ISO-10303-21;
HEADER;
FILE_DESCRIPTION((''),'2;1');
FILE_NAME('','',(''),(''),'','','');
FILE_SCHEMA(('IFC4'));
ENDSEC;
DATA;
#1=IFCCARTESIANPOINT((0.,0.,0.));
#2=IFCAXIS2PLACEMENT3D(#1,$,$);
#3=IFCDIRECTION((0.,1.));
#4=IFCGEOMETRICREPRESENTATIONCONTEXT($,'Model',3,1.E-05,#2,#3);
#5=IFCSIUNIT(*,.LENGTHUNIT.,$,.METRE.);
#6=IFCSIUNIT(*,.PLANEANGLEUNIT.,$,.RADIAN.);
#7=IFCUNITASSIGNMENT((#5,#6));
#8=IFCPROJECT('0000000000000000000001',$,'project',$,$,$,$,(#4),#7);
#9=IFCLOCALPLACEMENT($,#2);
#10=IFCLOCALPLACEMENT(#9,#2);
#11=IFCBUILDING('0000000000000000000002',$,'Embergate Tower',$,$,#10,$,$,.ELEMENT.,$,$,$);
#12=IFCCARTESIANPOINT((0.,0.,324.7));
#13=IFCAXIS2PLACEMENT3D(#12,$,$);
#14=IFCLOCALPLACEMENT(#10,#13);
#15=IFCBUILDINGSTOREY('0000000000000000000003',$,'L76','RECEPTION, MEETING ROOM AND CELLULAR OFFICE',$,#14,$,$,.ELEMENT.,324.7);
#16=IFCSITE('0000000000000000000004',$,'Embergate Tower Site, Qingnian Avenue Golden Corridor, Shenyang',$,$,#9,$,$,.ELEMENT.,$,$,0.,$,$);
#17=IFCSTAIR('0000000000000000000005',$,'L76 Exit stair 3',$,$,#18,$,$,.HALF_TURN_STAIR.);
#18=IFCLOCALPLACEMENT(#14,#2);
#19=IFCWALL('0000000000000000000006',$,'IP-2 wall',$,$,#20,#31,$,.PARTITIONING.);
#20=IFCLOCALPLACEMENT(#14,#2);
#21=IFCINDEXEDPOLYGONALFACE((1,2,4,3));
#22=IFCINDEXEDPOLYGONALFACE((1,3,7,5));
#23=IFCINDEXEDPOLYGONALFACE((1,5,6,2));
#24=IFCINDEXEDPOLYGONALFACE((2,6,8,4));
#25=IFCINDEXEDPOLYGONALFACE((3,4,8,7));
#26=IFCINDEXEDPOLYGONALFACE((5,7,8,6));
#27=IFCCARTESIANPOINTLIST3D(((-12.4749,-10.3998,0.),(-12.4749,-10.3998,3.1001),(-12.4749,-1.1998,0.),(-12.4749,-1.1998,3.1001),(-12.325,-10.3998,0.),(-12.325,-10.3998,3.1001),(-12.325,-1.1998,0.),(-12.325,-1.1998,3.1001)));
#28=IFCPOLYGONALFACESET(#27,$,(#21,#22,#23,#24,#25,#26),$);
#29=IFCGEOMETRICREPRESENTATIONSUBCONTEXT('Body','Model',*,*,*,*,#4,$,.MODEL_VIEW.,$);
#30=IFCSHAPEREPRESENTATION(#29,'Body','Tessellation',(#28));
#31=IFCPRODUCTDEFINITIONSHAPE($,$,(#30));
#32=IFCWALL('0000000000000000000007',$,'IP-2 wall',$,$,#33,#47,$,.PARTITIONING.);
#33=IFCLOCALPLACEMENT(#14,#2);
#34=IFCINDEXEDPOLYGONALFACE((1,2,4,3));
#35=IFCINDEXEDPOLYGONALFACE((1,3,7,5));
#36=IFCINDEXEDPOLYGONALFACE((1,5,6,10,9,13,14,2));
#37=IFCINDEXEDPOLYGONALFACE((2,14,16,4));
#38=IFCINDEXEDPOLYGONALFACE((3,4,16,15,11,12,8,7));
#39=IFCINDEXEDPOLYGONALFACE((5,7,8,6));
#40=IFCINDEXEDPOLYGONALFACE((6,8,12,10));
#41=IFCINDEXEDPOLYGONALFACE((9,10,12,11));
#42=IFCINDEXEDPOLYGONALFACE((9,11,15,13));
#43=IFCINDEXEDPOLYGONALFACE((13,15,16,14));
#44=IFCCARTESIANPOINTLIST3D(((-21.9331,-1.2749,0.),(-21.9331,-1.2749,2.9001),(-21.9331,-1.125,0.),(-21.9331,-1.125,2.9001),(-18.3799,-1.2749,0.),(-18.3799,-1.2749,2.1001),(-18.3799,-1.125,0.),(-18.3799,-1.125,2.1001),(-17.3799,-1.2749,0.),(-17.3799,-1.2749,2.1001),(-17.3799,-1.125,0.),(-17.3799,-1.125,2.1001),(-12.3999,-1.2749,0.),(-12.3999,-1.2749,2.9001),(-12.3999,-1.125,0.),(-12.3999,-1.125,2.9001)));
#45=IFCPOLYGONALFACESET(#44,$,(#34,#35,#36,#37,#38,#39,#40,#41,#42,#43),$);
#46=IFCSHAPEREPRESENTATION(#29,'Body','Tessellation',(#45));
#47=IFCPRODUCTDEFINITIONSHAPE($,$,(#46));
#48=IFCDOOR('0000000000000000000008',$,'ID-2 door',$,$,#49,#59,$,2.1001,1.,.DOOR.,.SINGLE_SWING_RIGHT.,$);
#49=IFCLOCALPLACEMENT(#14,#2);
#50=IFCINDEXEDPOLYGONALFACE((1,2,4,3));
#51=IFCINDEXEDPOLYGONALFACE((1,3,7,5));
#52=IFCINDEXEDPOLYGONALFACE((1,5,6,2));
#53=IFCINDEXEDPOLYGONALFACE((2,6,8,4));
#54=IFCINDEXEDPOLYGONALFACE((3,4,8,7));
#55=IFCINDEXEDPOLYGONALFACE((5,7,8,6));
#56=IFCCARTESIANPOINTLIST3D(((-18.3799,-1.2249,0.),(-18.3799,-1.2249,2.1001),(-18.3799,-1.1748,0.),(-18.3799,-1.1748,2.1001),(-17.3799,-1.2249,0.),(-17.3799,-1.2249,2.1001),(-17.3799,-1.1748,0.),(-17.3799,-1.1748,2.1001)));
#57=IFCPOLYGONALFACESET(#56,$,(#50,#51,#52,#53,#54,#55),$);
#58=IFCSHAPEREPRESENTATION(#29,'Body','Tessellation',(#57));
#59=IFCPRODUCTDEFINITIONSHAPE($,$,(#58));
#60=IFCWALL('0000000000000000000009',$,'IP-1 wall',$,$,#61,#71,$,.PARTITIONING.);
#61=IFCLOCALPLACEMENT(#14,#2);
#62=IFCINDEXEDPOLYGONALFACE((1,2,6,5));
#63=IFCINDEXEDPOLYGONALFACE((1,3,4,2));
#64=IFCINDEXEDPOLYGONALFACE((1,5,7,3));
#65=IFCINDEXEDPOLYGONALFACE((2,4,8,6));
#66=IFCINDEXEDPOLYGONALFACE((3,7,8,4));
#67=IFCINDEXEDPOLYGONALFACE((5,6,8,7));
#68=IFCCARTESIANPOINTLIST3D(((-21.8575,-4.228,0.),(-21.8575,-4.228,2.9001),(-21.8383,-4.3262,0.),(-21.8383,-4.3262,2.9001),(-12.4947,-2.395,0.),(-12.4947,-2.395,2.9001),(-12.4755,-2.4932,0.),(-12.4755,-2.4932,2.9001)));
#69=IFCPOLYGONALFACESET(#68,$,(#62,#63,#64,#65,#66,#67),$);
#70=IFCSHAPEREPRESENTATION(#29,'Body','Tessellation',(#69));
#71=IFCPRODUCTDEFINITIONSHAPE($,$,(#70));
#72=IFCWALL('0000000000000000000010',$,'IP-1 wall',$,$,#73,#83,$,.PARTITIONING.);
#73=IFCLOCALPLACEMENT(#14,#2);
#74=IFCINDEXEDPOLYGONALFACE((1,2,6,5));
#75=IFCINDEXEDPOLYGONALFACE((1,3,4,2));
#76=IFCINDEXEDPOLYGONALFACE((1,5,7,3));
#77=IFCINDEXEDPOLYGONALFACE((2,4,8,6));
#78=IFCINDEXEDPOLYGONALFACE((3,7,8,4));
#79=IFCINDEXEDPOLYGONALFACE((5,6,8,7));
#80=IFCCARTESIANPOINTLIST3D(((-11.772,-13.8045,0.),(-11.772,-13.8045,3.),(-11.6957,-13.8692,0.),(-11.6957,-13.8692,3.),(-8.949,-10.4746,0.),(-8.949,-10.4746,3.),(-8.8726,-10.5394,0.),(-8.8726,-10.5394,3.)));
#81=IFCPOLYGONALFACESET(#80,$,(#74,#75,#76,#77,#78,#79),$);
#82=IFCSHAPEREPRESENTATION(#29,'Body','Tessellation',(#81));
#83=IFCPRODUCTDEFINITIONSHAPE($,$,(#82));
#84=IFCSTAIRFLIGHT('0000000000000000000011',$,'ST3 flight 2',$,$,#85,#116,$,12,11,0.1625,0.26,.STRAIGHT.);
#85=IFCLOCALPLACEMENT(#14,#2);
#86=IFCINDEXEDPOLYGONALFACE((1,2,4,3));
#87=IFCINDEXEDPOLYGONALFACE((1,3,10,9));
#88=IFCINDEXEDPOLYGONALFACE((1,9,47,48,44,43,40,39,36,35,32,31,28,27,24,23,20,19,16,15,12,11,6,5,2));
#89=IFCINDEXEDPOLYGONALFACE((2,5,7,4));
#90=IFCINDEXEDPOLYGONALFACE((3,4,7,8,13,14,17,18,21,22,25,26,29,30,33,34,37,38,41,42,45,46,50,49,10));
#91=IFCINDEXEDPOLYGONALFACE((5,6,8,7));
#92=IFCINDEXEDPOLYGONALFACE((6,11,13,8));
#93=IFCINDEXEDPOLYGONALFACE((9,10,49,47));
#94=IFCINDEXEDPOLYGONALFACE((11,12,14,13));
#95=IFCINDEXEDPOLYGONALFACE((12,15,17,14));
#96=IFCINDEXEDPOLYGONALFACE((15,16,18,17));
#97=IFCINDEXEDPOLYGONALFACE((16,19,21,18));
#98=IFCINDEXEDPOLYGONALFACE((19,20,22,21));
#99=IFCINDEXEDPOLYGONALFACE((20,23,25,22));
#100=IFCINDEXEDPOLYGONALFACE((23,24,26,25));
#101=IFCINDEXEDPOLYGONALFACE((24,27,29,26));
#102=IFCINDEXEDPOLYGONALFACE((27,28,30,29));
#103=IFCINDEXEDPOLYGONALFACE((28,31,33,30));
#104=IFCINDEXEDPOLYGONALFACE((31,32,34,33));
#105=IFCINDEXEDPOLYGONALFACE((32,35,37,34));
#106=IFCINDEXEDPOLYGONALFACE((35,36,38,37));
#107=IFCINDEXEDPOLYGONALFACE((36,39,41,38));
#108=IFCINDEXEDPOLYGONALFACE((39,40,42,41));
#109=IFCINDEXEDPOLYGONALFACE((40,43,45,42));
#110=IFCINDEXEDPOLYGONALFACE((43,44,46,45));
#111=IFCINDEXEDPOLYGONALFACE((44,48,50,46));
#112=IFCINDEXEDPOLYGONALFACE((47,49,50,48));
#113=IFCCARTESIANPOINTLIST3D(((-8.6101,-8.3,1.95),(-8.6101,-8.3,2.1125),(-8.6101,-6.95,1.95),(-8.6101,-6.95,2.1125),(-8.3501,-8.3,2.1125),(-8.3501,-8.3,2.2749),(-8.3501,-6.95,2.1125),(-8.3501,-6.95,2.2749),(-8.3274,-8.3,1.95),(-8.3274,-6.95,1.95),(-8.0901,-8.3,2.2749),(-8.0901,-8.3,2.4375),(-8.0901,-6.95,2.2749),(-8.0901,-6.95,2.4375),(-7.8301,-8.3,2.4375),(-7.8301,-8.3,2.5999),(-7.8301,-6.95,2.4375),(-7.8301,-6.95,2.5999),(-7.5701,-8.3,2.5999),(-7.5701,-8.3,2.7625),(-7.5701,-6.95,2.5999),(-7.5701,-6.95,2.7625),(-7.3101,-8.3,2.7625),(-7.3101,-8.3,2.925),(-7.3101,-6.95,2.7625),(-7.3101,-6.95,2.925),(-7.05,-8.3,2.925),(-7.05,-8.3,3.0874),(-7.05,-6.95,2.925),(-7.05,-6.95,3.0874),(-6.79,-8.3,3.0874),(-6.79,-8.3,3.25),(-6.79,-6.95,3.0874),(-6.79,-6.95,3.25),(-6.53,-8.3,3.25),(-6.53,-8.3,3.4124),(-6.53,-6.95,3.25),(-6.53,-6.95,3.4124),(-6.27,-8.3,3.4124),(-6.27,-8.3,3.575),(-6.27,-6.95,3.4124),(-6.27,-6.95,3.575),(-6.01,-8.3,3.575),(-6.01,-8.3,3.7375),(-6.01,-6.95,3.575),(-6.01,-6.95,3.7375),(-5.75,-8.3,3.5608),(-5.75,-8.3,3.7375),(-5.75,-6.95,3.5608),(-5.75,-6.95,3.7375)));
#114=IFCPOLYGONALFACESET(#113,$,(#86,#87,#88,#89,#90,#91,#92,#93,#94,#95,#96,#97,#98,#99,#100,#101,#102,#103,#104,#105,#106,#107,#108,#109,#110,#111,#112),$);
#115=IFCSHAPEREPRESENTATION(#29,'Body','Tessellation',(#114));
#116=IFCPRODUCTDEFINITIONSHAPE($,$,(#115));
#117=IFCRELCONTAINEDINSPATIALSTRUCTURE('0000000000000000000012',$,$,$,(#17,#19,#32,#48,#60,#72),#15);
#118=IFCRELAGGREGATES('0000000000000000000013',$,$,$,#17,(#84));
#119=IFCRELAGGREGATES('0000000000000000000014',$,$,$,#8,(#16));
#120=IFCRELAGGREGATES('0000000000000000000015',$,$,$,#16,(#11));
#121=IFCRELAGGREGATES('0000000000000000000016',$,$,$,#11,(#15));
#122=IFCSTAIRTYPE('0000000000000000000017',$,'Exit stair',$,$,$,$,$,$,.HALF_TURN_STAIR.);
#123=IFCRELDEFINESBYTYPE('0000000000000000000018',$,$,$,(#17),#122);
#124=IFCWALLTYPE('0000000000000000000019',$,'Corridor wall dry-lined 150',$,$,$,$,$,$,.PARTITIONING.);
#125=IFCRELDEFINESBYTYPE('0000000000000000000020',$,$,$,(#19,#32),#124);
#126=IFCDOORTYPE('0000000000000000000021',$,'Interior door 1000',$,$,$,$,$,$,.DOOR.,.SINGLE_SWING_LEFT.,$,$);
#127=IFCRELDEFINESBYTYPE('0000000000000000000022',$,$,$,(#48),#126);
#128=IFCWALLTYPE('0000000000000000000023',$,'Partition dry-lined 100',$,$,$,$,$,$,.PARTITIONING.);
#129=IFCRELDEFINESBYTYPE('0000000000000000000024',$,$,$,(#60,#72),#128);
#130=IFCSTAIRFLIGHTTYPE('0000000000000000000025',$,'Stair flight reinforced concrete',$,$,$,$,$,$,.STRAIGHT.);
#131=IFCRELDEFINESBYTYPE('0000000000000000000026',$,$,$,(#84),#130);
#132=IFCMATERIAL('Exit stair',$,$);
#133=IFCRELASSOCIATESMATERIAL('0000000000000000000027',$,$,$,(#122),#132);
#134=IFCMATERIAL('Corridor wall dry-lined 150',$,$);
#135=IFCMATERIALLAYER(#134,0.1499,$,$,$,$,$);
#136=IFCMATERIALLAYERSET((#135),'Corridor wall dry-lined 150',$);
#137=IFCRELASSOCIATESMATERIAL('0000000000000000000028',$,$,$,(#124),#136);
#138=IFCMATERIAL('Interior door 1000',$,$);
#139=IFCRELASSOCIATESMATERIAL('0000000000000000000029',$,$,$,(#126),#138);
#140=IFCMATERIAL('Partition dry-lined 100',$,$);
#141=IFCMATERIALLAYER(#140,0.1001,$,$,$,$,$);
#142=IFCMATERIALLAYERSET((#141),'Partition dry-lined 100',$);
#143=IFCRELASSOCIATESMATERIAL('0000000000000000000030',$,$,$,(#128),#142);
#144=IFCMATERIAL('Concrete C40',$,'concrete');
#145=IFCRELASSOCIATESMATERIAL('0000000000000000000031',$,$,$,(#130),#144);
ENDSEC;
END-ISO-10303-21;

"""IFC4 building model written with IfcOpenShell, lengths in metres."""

from ifc_helpers import new_model, si_unit, direction, frame, frame_2d, origin, place, context, subcontext, project, spatial, polyline, rectangle, outline, extrude, source, transform, mapped, material, layer, layer_set, type_object, element, fill, aggregate, save


model = new_model("IFC4")

# Units and contexts
model_context = context("Model", 3, precision=1e-05, world=origin(), true_north=direction((0.0, 1.0)))
body_context = subcontext(model_context, "Body", "Model", "MODEL_VIEW")
ifc_project = project(units=[si_unit("LENGTHUNIT", "METRE"), si_unit("PLANEANGLEUNIT", "RADIAN")], contexts=[model_context])

# Site, building, storey
site_placement = place(None, origin())
site = spatial("IfcSite", under=ifc_project, at=site_placement, Name="Embergate Tower Site, Qingnian Avenue Golden Corridor, Shenyang", CompositionType="ELEMENT", RefElevation=0.0)
building_placement = place(site_placement, origin())
building = spatial("IfcBuilding", under=site, at=building_placement, Name="Embergate Tower", CompositionType="ELEMENT")
storey_placement = place(building_placement, frame((0.0, 0.0, 324.7)))
storey = spatial("IfcBuildingStorey", under=building, at=storey_placement, Name="L76", Description="RECEPTION, MEETING ROOM AND CELLULAR OFFICE", CompositionType="ELEMENT", Elevation=324.7)

# Stair
ifc_material_1 = material(Name="Exit stair")
stair_type = type_object("IfcStairType", Name="Exit stair", PredefinedType="HALF_TURN_STAIR", material=ifc_material_1)
stair_placement = place(storey_placement, origin())
stair = element("IfcStair", 1, at=stair_placement, inside=storey, type_object=stair_type, Name="L76 Exit stair 3", PredefinedType="HALF_TURN_STAIR")
ifc_material_2 = material(Name="Concrete C40", Category="concrete")

# Wall
ifc_material_3 = material(Name="Corridor wall dry-lined 150")
ifc_layer_1 = layer(ifc_material_3, 0.1499)
ifc_layer_set_1 = layer_set([ifc_layer_1], Name="Corridor wall dry-lined 150")
wall_type_1 = type_object("IfcWallType", Name="Corridor wall dry-lined 150", PredefinedType="PARTITIONING", material=ifc_layer_set_1)
shared_shape_1 = source(origin(), body_context, "Body", "SweptSolid", [
    extrude(rectangle(XDim=9.2, YDim=0.1499, at=frame_2d((4.6001, 0.0))), origin(), (0.0, 0.0, 1.0), 3.1001),
])
wall_1_placement = place(storey_placement, frame((-12.3999, -10.3999, 0.0), z_axis=(0.0, 0.0, 1.0), x_axis=(0.0, 1.0, 0.0)))
element("IfcWall", 2, at=wall_1_placement, inside=storey, type_object=wall_type_1, Name="IP-2 wall", PredefinedType="PARTITIONING", context=body_context, shape_type="MappedRepresentation", body=[
    mapped(shared_shape_1, transform((0.0, 0.0, 0.0))),
])

# Wall, opening, door
shared_shape_2 = source(origin(), body_context, "Body", "SweptSolid", [
    extrude(rectangle(XDim=9.5332, YDim=0.1499, at=frame_2d((4.7666, 0.0))), origin(), (0.0, 0.0, 1.0), 2.9001),
])
wall_2_placement = place(storey_placement, frame((-12.3999, -1.2, 0.0), z_axis=(0.0, 0.0, 1.0), x_axis=(-1.0, 0.0, 0.0)))
wall_2 = element("IfcWall", 3, at=wall_2_placement, inside=storey, type_object=wall_type_1, Name="IP-2 wall", PredefinedType="PARTITIONING", context=body_context, shape_type="MappedRepresentation", body=[
    mapped(shared_shape_2, transform((0.0, 0.0, 0.0))),
])
shared_shape_3 = source(origin(), body_context, "Body", "SweptSolid", [
    extrude(rectangle(XDim=1.0, YDim=2.1001, at=frame_2d((0.5, 1.05))), frame((0.0, 0.085, 0.0), z_axis=(0.0, -1.0, 0.0), x_axis=(1.0, 0.0, 0.0)), (0.0, 0.0, 1.0), 0.1699),
])
opening_1_placement = place(wall_2_placement, frame((4.98, 0.0, 0.0)))
opening_1 = element("IfcOpeningElement", 4, at=opening_1_placement, cuts=wall_2, PredefinedType="OPENING", context=body_context, shape_type="MappedRepresentation", body=[
    mapped(shared_shape_3, transform((0.0, 0.0, 0.0))),
])
ifc_material_4 = material(Name="Interior door 1000")
door_type_1 = type_object("IfcDoorType", Name="Interior door 1000", OperationType="SINGLE_SWING_LEFT", PredefinedType="DOOR", material=ifc_material_4)
shared_shape_4 = source(origin(), body_context, "Body", "SweptSolid", [
    extrude(rectangle(XDim=1.0, YDim=2.1001, at=frame_2d((0.5, 1.05))), frame((0.0, 0.0249, 0.0), z_axis=(0.0, -1.0, 0.0), x_axis=(1.0, 0.0, 0.0)), (0.0, 0.0, 1.0), 0.05),
])
door_1_placement = place(opening_1_placement, origin())
door_1 = element("IfcDoor", 5, at=door_1_placement, inside=storey, type_object=door_type_1, Name="ID-2 door", OperationType="SINGLE_SWING_RIGHT", OverallHeight=2.1001, OverallWidth=1.0, PredefinedType="DOOR", context=body_context, shape_type="MappedRepresentation", body=[
    mapped(shared_shape_4, transform((0.0, 0.0, 0.0))),
])
fill(opening_1, door_1)

# Walls
ifc_material_5 = material(Name="Partition dry-lined 100")
ifc_layer_2 = layer(ifc_material_5, 0.1001)
ifc_layer_set_2 = layer_set([ifc_layer_2], Name="Partition dry-lined 100")
wall_type_2 = type_object("IfcWallType", Name="Partition dry-lined 100", PredefinedType="PARTITIONING", material=ifc_layer_set_2)
shared_shape_5 = source(origin(), body_context, "Body", "SweptSolid", [
    extrude(rectangle(XDim=9.5405, YDim=0.1001, at=frame_2d((4.7703, 0.0))), origin(), (0.0, 0.0, 1.0), 2.9001),
])
wall_3_placement = place(storey_placement, frame((-12.4851, -2.4441, 0.0), z_axis=(0.0, 0.0, 1.0), x_axis=(-0.98137, -0.192128, 0.0)))
element("IfcWall", 6, at=wall_3_placement, inside=storey, type_object=wall_type_2, Name="IP-1 wall", PredefinedType="PARTITIONING", context=body_context, shape_type="MappedRepresentation", body=[
    mapped(shared_shape_5, transform((0.0, 0.0, 0.0))),
])
shared_shape_6 = source(origin(), body_context, "Body", "SweptSolid", [
    extrude(rectangle(XDim=4.3655, YDim=0.1001, at=frame_2d((2.1826, 0.0))), origin(), (0.0, 0.0, 1.0), 3.0),
])
wall_4_placement = place(storey_placement, frame((-8.9109, -10.5071, 0.0), z_axis=(0.0, 0.0, 1.0), x_axis=(-0.646669, -0.762771, 0.0)))
element("IfcWall", 7, at=wall_4_placement, inside=storey, type_object=wall_type_2, Name="IP-1 wall", PredefinedType="PARTITIONING", context=body_context, shape_type="MappedRepresentation", body=[
    mapped(shared_shape_6, transform((0.0, 0.0, 0.0))),
])

# Stair flight
stair_flight_type = type_object("IfcStairFlightType", Name="Stair flight reinforced concrete", PredefinedType="STRAIGHT", material=ifc_material_2)
shared_shape_7 = source(origin(), body_context, "Body", "SweptSolid", [
    extrude(outline(polyline([(0.0, 0.0), (0.0, 0.1626), (0.26, 0.1626), (0.26, 0.325), (0.52, 0.325), (0.52, 0.4875), (0.78, 0.4875), (0.78, 0.6499), (1.04, 0.6499), (1.04, 0.8125), (1.3, 0.8125), (1.3, 0.9751), (1.5601, 0.9751), (1.5601, 1.1375), (1.8201, 1.1375), (1.8201, 1.3), (2.0801, 1.3), (2.0801, 1.4624), (2.3401, 1.4624), (2.3401, 1.625), (2.6001, 1.625), (2.6001, 1.7876), (2.8601, 1.7876), (2.8601, 1.95), (2.8601, 1.6108), (0.2827, 0.0), (0.0, 0.0)])), frame((0.0, 0.675, 0.0), z_axis=(0.0, -1.0, 0.0), x_axis=(1.0, 0.0, 0.0)), (0.0, 0.0, 1.0), 1.3501),
])
stair_flight_placement = place(storey_placement, frame((-8.6101, -7.625, 1.95), z_axis=(0.0, 0.0, 1.0), x_axis=(1.0, 0.0, 0.0)))
stair_flight = element("IfcStairFlight", 8, at=stair_flight_placement, type_object=stair_flight_type, Name="ST3 flight 2", NumberOfRisers=12, NumberOfTreads=11, PredefinedType="STRAIGHT", RiserHeight=0.1625, TreadLength=0.26, context=body_context, shape_type="MappedRepresentation", body=[
    mapped(shared_shape_7, transform((0.0, 0.0, 0.0))),
])
aggregate(stair, [stair_flight])

save(model, "model.ifc")
